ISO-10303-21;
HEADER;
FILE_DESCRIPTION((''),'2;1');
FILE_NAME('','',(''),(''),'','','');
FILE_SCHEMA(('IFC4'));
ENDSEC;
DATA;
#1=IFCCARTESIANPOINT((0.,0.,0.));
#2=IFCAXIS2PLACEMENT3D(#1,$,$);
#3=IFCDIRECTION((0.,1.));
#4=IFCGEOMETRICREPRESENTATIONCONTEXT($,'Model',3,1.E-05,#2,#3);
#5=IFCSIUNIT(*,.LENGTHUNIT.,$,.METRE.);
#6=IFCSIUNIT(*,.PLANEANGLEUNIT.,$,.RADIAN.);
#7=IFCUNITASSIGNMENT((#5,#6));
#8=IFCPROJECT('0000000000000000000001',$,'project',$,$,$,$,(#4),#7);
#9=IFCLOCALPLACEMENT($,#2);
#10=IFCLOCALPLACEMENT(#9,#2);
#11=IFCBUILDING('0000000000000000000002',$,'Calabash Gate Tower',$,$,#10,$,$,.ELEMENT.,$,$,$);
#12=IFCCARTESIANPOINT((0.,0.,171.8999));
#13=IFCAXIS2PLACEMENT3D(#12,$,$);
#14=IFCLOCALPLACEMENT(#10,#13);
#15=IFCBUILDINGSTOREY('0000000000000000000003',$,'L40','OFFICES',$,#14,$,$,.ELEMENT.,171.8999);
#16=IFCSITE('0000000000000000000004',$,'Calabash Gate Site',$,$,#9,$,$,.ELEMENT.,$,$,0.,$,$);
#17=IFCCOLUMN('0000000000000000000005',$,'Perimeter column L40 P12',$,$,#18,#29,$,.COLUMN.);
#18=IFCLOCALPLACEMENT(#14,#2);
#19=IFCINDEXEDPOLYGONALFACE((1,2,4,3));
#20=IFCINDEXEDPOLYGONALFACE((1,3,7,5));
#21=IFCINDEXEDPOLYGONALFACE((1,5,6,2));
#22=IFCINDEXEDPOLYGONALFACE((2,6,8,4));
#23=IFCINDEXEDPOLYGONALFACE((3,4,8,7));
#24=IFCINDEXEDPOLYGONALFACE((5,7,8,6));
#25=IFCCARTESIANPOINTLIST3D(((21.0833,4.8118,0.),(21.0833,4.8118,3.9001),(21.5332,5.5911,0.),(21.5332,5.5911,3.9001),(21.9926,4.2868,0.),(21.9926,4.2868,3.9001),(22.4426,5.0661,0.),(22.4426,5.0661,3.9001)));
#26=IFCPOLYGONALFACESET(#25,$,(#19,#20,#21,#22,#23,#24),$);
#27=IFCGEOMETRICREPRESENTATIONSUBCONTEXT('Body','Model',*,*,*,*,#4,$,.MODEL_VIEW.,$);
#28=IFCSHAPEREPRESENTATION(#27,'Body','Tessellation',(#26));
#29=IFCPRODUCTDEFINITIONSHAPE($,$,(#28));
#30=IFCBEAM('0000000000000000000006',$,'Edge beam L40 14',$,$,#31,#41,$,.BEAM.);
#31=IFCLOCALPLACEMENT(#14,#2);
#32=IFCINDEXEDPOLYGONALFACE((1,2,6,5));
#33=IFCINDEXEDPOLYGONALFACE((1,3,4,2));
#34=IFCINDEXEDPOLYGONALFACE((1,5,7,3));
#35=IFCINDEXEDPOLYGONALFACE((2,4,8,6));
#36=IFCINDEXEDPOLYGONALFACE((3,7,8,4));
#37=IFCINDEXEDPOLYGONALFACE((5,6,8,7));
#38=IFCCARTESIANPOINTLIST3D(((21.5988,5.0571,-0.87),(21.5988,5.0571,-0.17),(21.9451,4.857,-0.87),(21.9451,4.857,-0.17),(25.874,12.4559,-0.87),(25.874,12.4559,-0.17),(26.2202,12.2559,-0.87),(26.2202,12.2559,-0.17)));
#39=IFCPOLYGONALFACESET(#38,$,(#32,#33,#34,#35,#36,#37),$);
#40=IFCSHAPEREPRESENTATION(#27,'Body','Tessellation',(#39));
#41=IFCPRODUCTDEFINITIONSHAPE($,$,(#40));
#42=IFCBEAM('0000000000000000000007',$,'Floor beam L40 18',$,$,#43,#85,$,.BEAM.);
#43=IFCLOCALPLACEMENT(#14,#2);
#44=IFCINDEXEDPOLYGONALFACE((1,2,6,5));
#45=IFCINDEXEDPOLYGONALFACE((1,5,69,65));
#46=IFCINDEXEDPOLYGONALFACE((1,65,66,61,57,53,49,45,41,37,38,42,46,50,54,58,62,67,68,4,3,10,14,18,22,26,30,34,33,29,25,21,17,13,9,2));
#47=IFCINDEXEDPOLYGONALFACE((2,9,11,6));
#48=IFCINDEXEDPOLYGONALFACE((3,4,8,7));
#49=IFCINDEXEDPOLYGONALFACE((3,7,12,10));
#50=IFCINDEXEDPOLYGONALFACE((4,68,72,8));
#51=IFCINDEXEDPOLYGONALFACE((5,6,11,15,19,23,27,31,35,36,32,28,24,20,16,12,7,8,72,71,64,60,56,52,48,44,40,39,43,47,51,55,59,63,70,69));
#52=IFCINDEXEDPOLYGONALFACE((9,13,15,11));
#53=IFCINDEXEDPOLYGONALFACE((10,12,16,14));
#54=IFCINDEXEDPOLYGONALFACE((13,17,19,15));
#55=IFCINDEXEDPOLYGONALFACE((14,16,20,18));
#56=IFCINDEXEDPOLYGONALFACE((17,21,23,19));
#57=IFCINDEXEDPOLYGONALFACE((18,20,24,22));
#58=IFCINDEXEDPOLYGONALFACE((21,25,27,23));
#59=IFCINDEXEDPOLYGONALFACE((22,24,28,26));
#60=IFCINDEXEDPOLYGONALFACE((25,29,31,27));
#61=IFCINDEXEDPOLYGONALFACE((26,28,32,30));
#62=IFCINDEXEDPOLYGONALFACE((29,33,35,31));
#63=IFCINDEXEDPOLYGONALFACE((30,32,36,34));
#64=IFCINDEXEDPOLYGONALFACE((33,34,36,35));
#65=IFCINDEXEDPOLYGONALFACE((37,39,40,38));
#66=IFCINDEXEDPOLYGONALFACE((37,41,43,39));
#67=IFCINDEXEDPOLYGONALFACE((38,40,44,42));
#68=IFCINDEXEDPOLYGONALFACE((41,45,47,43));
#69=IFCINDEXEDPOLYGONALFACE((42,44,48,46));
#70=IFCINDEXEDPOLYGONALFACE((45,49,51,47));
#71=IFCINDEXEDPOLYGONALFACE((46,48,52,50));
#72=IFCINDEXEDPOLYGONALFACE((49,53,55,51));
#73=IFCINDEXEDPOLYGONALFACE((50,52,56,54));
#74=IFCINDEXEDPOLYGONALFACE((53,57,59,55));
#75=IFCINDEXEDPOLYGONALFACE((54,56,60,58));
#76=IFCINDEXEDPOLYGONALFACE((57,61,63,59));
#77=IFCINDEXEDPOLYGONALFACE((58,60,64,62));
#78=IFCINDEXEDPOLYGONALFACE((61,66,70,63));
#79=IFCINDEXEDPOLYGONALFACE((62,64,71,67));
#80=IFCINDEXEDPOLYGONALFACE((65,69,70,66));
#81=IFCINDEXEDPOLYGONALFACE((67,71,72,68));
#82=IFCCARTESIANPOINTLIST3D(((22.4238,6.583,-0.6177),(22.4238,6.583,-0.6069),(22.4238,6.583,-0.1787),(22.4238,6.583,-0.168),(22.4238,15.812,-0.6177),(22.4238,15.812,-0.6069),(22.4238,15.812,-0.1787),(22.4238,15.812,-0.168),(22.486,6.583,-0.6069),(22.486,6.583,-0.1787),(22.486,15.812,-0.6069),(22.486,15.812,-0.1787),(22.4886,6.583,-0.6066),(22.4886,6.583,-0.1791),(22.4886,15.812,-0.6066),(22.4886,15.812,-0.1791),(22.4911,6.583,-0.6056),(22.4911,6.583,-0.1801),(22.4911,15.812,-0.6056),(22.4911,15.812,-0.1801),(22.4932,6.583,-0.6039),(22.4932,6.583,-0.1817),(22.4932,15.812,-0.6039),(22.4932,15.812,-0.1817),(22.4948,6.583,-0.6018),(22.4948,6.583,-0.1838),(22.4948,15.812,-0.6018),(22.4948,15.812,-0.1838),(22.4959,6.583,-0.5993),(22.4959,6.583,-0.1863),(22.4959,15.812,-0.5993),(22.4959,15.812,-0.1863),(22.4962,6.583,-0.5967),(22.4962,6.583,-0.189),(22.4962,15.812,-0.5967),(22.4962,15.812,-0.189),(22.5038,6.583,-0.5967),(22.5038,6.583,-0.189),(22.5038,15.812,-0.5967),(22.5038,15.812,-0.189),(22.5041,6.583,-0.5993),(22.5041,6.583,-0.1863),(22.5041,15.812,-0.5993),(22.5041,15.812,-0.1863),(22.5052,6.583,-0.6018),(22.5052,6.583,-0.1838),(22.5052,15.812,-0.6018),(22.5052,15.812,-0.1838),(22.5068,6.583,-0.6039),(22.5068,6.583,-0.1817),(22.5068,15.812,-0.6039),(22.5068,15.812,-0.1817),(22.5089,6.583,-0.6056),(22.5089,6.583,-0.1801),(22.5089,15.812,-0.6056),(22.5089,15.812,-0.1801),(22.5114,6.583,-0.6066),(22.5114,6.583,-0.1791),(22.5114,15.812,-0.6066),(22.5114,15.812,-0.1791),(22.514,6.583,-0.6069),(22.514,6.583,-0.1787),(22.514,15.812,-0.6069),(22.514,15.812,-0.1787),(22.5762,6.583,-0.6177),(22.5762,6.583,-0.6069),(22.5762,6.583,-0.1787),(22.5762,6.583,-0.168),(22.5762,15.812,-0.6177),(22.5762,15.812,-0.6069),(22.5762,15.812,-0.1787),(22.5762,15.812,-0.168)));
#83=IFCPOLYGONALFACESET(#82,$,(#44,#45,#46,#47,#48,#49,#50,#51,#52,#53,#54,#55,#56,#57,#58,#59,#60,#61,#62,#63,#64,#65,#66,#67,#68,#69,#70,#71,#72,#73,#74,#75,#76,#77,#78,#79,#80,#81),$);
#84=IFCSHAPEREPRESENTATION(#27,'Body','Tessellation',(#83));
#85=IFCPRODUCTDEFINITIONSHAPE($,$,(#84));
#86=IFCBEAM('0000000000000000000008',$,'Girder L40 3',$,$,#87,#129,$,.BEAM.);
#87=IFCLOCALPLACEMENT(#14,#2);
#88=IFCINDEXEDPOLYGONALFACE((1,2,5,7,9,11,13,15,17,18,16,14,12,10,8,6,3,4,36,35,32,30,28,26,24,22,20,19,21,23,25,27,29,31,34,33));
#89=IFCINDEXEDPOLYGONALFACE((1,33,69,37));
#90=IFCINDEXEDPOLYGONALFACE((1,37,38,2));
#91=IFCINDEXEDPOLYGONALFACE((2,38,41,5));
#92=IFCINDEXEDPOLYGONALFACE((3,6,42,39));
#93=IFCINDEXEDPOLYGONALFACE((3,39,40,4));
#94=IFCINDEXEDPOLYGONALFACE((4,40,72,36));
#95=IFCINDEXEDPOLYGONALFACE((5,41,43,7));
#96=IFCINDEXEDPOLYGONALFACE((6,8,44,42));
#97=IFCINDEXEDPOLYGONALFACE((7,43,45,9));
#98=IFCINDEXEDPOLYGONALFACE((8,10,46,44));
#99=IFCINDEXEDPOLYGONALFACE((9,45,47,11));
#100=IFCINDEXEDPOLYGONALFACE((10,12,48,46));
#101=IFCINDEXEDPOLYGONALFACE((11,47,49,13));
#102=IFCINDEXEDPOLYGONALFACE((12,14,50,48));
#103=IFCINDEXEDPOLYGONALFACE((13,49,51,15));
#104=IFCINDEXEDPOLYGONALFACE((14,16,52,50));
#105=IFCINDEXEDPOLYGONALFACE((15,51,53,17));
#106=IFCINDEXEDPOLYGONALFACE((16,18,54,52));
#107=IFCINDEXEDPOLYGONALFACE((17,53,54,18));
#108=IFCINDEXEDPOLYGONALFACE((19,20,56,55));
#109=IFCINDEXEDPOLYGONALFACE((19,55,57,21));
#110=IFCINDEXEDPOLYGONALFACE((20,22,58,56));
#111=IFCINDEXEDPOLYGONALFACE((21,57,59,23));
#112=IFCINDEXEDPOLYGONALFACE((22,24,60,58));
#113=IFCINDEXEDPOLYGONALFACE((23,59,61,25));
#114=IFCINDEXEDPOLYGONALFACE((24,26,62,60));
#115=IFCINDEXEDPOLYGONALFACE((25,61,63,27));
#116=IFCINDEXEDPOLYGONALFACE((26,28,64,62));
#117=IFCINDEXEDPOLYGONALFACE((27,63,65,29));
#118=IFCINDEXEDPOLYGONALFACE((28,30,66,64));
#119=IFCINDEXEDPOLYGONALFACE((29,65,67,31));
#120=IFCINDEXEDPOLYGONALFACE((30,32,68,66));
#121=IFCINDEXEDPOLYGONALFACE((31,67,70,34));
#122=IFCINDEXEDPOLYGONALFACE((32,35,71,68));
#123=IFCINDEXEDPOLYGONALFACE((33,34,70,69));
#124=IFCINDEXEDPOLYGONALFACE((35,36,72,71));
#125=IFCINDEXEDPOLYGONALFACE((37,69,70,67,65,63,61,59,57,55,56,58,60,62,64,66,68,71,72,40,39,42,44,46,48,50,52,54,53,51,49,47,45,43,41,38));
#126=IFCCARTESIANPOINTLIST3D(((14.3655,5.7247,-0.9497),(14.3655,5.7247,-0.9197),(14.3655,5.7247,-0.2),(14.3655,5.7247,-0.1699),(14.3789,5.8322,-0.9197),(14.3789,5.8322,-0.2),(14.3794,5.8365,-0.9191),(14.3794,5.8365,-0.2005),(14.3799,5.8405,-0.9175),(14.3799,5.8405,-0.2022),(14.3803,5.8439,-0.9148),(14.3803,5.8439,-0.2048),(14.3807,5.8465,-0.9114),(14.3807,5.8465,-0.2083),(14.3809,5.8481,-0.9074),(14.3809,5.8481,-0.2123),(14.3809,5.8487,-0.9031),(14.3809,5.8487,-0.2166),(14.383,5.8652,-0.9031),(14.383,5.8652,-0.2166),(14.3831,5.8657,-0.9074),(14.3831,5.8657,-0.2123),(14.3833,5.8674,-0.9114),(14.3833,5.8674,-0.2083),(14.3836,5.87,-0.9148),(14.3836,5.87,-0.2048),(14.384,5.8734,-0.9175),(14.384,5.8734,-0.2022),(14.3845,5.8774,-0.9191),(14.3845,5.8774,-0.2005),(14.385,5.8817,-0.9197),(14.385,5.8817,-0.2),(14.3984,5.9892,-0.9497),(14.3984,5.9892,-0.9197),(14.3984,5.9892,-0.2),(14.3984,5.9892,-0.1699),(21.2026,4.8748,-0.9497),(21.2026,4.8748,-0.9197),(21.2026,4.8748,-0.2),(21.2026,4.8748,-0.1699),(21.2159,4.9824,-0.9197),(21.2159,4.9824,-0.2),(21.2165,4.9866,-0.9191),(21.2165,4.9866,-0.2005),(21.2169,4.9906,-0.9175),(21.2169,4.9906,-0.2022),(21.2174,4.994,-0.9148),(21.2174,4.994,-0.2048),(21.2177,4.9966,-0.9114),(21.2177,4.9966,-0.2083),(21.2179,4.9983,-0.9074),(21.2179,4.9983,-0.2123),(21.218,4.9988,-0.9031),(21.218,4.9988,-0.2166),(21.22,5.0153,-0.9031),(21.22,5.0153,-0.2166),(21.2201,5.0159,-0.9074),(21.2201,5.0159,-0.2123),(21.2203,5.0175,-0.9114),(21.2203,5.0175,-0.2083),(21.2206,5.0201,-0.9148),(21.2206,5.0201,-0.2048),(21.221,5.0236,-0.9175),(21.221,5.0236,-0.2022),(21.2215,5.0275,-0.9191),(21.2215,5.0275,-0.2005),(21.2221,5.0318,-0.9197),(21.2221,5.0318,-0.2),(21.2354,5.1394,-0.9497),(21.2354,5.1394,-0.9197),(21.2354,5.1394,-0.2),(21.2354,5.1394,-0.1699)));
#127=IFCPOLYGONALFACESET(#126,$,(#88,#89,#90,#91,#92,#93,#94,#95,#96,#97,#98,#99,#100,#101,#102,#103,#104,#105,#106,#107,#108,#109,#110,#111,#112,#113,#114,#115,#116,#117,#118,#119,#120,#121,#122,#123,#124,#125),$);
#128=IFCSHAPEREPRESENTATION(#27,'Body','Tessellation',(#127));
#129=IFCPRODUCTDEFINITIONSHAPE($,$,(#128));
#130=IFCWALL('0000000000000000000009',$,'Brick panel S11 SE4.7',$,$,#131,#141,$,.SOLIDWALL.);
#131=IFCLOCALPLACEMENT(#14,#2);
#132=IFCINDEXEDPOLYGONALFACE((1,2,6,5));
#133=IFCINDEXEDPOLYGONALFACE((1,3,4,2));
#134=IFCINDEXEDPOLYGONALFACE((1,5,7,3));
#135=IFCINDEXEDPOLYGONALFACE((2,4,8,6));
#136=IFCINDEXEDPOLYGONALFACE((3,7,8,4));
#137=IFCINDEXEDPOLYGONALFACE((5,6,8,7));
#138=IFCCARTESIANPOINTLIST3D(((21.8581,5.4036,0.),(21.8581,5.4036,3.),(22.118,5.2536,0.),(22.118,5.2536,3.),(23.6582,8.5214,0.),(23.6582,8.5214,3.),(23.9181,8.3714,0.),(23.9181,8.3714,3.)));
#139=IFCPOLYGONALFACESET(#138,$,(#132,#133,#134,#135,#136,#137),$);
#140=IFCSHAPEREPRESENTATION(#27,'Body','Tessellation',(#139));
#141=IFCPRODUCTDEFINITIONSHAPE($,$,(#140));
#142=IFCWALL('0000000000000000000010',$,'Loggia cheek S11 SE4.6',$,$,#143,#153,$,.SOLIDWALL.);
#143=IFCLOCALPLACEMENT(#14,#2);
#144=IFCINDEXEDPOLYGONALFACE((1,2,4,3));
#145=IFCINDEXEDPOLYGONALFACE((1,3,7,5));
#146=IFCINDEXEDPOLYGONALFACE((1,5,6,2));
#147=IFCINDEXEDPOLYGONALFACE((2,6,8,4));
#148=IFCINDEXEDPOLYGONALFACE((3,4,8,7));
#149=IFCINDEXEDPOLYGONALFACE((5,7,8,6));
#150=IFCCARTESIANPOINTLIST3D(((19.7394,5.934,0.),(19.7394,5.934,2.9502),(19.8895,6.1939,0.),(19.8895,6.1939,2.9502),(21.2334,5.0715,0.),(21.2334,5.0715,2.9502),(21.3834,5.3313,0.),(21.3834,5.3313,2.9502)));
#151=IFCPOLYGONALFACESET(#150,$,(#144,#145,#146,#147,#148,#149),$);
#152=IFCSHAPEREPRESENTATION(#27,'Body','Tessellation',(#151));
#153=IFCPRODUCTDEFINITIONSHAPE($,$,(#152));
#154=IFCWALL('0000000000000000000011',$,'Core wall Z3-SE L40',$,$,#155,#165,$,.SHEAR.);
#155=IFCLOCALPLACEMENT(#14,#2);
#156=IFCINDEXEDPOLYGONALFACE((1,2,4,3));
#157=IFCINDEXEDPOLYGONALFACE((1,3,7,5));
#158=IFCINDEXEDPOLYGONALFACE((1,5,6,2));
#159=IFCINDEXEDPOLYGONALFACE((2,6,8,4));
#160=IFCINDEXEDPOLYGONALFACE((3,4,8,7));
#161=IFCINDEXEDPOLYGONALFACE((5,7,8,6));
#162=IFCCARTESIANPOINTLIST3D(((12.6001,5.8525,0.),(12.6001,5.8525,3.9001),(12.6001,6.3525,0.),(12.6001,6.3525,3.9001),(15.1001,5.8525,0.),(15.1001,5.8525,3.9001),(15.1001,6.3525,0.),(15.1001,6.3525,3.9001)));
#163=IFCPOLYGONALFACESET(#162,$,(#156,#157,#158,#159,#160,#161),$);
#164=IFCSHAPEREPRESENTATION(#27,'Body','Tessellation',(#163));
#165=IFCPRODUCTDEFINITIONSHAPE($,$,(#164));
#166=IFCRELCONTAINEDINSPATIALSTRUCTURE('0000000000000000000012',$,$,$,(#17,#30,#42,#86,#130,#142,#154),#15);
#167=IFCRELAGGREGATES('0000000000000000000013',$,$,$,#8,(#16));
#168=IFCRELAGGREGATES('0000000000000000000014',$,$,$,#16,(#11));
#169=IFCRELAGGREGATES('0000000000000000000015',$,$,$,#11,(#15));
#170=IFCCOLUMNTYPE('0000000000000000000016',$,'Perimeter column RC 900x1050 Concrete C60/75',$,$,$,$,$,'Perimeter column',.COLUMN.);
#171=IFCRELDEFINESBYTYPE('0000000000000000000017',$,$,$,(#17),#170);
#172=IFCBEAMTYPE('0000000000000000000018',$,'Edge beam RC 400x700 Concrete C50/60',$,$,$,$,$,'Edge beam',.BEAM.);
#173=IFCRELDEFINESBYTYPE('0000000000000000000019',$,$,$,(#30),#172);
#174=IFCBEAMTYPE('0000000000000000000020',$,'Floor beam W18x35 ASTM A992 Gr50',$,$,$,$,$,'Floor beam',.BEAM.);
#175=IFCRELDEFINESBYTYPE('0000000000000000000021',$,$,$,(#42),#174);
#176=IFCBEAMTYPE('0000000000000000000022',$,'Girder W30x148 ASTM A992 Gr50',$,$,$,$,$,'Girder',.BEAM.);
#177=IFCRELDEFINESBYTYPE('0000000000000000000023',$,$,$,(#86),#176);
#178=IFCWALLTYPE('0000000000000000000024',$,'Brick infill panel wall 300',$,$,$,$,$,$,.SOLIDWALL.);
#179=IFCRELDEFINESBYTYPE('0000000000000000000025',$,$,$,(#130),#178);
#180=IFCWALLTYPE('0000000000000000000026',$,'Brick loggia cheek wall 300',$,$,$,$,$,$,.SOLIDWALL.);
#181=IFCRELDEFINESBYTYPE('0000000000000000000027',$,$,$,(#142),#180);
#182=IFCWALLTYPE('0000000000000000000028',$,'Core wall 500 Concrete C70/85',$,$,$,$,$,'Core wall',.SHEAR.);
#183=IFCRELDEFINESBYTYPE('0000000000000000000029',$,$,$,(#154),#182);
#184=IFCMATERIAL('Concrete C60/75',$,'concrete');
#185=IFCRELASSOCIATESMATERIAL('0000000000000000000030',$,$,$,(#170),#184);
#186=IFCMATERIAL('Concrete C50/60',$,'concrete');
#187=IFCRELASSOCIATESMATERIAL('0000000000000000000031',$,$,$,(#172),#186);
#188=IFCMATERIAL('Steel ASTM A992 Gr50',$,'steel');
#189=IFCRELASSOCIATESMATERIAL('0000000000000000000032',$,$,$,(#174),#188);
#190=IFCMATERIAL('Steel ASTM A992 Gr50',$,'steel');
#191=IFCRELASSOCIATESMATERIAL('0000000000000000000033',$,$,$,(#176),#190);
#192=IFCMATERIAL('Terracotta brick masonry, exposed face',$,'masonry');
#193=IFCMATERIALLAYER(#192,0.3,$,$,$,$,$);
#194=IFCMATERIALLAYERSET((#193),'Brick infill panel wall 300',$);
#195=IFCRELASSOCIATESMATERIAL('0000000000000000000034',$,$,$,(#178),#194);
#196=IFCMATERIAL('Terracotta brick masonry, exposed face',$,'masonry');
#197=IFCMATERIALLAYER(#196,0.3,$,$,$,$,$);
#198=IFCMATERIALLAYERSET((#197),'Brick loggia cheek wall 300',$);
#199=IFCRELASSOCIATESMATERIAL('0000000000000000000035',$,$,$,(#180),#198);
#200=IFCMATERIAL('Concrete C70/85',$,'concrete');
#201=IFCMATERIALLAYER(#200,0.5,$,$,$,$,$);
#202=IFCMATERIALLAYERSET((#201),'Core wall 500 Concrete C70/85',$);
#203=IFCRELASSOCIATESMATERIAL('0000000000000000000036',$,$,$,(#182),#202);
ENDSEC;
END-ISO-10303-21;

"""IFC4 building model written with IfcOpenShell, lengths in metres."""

from ifc_helpers import new_model, si_unit, direction, frame, frame_2d, origin, origin_2d, place, context, subcontext, project, spatial, rectangle, i_section, extrude, material, layer, layer_set, material_profile, profile_set, type_object, element, save


model = new_model("IFC4")

# Units and contexts
model_context = context("Model", 3, precision=1e-05, world=origin(), true_north=direction((0.0, 1.0)))
body_context = subcontext(model_context, "Body", "Model", "MODEL_VIEW")
ifc_project = project(units=[si_unit("LENGTHUNIT", "METRE"), si_unit("PLANEANGLEUNIT", "RADIAN")], contexts=[model_context])

# Site, building, storey
site_placement = place(None, origin())
site = spatial("IfcSite", under=ifc_project, at=site_placement, Name="Calabash Gate Site", CompositionType="ELEMENT", RefElevation=0.0)
building_placement = place(site_placement, origin())
building = spatial("IfcBuilding", under=site, at=building_placement, Name="Calabash Gate Tower", CompositionType="ELEMENT")
storey_placement = place(building_placement, frame((0.0, 0.0, 171.8999)))
storey = spatial("IfcBuildingStorey", under=building, at=storey_placement, Name="L40", Description="OFFICES", CompositionType="ELEMENT", Elevation=171.8999)

# Column
ifc_material_1 = material(Name="Concrete C60/75", Category="concrete")
ifc_material_profile_1 = material_profile(ifc_material_1, rectangle(XDim=0.8999, YDim=1.05, at=origin_2d()))
ifc_profile_set_1 = profile_set([ifc_material_profile_1], Name="Concrete C60/75")
column_type = type_object("IfcColumnType", Name="Perimeter column RC 900x1050 Concrete C60/75", ElementType="Perimeter column", PredefinedType="COLUMN", material=ifc_profile_set_1)
column_placement = place(storey_placement, frame((21.7629, 4.939, 0.0), z_axis=(0.0, 0.0, 1.0), x_axis=(0.5, 0.866025, 0.0)))
element("IfcColumn", 1, at=column_placement, inside=storey, type_object=column_type, Name="Perimeter column L40 P12", PredefinedType="COLUMN", context=body_context, shape_type="SweptSolid", body=[
    extrude(rectangle(XDim=0.8999, YDim=1.05, at=origin_2d()), origin(), (0.0, 0.0, 1.0), 3.9001),
])

# Beams
ifc_material_2 = material(Name="Concrete C50/60", Category="concrete")
ifc_material_profile_2 = material_profile(ifc_material_2, rectangle(XDim=0.3999, YDim=0.7, at=origin_2d()))
ifc_profile_set_2 = profile_set([ifc_material_profile_2], Name="Concrete C50/60")
beam_type_1 = type_object("IfcBeamType", Name="Edge beam RC 400x700 Concrete C50/60", ElementType="Edge beam", PredefinedType="BEAM", material=ifc_profile_set_2)
beam_1_placement = place(storey_placement, frame((21.772, 4.957, -0.52), z_axis=(0.500296, 0.865854, 0.0), x_axis=(-0.865854, 0.500296, 0.0)))
element("IfcBeam", 2, at=beam_1_placement, inside=storey, type_object=beam_type_1, Name="Edge beam L40 14", PredefinedType="BEAM", context=body_context, shape_type="SweptSolid", body=[
    extrude(rectangle(XDim=0.3999, YDim=0.7, at=origin_2d()), origin(), (0.0, 0.0, 1.0), 8.5452),
])
ifc_material_3 = material(Name="Steel ASTM A992 Gr50", Category="steel")
ifc_material_profile_3 = material_profile(ifc_material_3, i_section(OverallWidth=0.1523, OverallDepth=0.4497, WebThickness=0.0076, FlangeThickness=0.0107, FilletRadius=0.0103, at=origin_2d()))
ifc_profile_set_3 = profile_set([ifc_material_profile_3], Name="Steel ASTM A992 Gr50")
beam_type_2 = type_object("IfcBeamType", Name="Floor beam W18x35 ASTM A992 Gr50", ElementType="Floor beam", PredefinedType="BEAM", material=ifc_profile_set_3)
beam_2_placement = place(storey_placement, frame((22.5, 6.583, -0.3928), z_axis=(0.0, 1.0, 0.0), x_axis=(-1.0, 0.0, 0.0)))
element("IfcBeam", 3, at=beam_2_placement, inside=storey, type_object=beam_type_2, Name="Floor beam L40 18", PredefinedType="BEAM", context=body_context, shape_type="SweptSolid", body=[
    extrude(i_section(OverallWidth=0.1523, OverallDepth=0.4497, WebThickness=0.0076, FlangeThickness=0.0107, FilletRadius=0.0103, at=origin_2d()), origin(), (0.0, 0.0, 1.0), 9.229),
])
ifc_material_4 = material(Name="Steel ASTM A992 Gr50", Category="steel")
ifc_material_profile_4 = material_profile(ifc_material_4, i_section(OverallWidth=0.2666, OverallDepth=0.7798, WebThickness=0.0166, FlangeThickness=0.03, FilletRadius=0.0166, at=origin_2d()))
ifc_profile_set_4 = profile_set([ifc_material_profile_4], Name="Steel ASTM A992 Gr50")
beam_type_3 = type_object("IfcBeamType", Name="Girder W30x148 ASTM A992 Gr50", ElementType="Girder", PredefinedType="BEAM", material=ifc_profile_set_4)
beam_3_placement = place(storey_placement, frame((21.219, 5.0071, -0.5598), z_axis=(-0.992363, 0.123354, 0.0), x_axis=(-0.123354, -0.992363, 0.0)))
element("IfcBeam", 4, at=beam_3_placement, inside=storey, type_object=beam_type_3, Name="Girder L40 3", PredefinedType="BEAM", context=body_context, shape_type="SweptSolid", body=[
    extrude(i_section(OverallWidth=0.2666, OverallDepth=0.7798, WebThickness=0.0166, FlangeThickness=0.03, FilletRadius=0.0166, at=origin_2d()), origin(), (0.0, 0.0, 1.0), 6.8896),
])

# Walls
ifc_material_5 = material(Name="Terracotta brick masonry, exposed face", Category="masonry")
ifc_layer_1 = layer(ifc_material_5, 0.3)
ifc_layer_set_1 = layer_set([ifc_layer_1], Name="Brick infill panel wall 300")
wall_type_1 = type_object("IfcWallType", Name="Brick infill panel wall 300", PredefinedType="SOLIDWALL", material=ifc_layer_set_1)
wall_1_placement = place(storey_placement, frame((21.988, 5.3286, 0.0), z_axis=(0.0, 0.0, 1.0), x_axis=(0.500012, 0.866018, 0.0)))
element("IfcWall", 5, at=wall_1_placement, inside=storey, type_object=wall_type_1, Name="Brick panel S11 SE4.7", PredefinedType="SOLIDWALL", context=body_context, shape_type="SweptSolid", body=[
    extrude(rectangle(XDim=3.6001, YDim=0.3, at=frame_2d((1.8, 0.0))), origin(), (0.0, 0.0, 1.0), 3.0),
])
ifc_material_6 = material(Name="Terracotta brick masonry, exposed face", Category="masonry")
ifc_layer_2 = layer(ifc_material_6, 0.3)
ifc_layer_set_2 = layer_set([ifc_layer_2], Name="Brick loggia cheek wall 300")
wall_type_2 = type_object("IfcWallType", Name="Brick loggia cheek wall 300", PredefinedType="SOLIDWALL", material=ifc_layer_set_2)
wall_2_placement = place(storey_placement, frame((19.8145, 6.064, 0.0), z_axis=(0.0, 0.0, 1.0), x_axis=(0.866014, -0.500021, 0.0)))
element("IfcWall", 6, at=wall_2_placement, inside=storey, type_object=wall_type_2, Name="Loggia cheek S11 SE4.6", PredefinedType="SOLIDWALL", context=body_context, shape_type="SweptSolid", body=[
    extrude(rectangle(XDim=1.7251, YDim=0.3, at=frame_2d((0.8625, 0.0))), origin(), (0.0, 0.0, 1.0), 2.9502),
])
ifc_material_7 = material(Name="Concrete C70/85", Category="concrete")
ifc_layer_3 = layer(ifc_material_7, 0.5)
ifc_layer_set_3 = layer_set([ifc_layer_3], Name="Core wall 500 Concrete C70/85")
wall_type_3 = type_object("IfcWallType", Name="Core wall 500 Concrete C70/85", ElementType="Core wall", PredefinedType="SHEAR", material=ifc_layer_set_3)
wall_3_placement = place(storey_placement, frame((12.6001, 6.1025, 0.0), z_axis=(0.0, 0.0, 1.0), x_axis=(1.0, 0.0, 0.0)))
element("IfcWall", 7, at=wall_3_placement, inside=storey, type_object=wall_type_3, Name="Core wall Z3-SE L40", PredefinedType="SHEAR", context=body_context, shape_type="SweptSolid", body=[
    extrude(rectangle(XDim=2.5, YDim=0.5, at=frame_2d((1.25, 0.0))), origin(), (0.0, 0.0, 1.0), 3.9001),
])

save(model, "model.ifc")
